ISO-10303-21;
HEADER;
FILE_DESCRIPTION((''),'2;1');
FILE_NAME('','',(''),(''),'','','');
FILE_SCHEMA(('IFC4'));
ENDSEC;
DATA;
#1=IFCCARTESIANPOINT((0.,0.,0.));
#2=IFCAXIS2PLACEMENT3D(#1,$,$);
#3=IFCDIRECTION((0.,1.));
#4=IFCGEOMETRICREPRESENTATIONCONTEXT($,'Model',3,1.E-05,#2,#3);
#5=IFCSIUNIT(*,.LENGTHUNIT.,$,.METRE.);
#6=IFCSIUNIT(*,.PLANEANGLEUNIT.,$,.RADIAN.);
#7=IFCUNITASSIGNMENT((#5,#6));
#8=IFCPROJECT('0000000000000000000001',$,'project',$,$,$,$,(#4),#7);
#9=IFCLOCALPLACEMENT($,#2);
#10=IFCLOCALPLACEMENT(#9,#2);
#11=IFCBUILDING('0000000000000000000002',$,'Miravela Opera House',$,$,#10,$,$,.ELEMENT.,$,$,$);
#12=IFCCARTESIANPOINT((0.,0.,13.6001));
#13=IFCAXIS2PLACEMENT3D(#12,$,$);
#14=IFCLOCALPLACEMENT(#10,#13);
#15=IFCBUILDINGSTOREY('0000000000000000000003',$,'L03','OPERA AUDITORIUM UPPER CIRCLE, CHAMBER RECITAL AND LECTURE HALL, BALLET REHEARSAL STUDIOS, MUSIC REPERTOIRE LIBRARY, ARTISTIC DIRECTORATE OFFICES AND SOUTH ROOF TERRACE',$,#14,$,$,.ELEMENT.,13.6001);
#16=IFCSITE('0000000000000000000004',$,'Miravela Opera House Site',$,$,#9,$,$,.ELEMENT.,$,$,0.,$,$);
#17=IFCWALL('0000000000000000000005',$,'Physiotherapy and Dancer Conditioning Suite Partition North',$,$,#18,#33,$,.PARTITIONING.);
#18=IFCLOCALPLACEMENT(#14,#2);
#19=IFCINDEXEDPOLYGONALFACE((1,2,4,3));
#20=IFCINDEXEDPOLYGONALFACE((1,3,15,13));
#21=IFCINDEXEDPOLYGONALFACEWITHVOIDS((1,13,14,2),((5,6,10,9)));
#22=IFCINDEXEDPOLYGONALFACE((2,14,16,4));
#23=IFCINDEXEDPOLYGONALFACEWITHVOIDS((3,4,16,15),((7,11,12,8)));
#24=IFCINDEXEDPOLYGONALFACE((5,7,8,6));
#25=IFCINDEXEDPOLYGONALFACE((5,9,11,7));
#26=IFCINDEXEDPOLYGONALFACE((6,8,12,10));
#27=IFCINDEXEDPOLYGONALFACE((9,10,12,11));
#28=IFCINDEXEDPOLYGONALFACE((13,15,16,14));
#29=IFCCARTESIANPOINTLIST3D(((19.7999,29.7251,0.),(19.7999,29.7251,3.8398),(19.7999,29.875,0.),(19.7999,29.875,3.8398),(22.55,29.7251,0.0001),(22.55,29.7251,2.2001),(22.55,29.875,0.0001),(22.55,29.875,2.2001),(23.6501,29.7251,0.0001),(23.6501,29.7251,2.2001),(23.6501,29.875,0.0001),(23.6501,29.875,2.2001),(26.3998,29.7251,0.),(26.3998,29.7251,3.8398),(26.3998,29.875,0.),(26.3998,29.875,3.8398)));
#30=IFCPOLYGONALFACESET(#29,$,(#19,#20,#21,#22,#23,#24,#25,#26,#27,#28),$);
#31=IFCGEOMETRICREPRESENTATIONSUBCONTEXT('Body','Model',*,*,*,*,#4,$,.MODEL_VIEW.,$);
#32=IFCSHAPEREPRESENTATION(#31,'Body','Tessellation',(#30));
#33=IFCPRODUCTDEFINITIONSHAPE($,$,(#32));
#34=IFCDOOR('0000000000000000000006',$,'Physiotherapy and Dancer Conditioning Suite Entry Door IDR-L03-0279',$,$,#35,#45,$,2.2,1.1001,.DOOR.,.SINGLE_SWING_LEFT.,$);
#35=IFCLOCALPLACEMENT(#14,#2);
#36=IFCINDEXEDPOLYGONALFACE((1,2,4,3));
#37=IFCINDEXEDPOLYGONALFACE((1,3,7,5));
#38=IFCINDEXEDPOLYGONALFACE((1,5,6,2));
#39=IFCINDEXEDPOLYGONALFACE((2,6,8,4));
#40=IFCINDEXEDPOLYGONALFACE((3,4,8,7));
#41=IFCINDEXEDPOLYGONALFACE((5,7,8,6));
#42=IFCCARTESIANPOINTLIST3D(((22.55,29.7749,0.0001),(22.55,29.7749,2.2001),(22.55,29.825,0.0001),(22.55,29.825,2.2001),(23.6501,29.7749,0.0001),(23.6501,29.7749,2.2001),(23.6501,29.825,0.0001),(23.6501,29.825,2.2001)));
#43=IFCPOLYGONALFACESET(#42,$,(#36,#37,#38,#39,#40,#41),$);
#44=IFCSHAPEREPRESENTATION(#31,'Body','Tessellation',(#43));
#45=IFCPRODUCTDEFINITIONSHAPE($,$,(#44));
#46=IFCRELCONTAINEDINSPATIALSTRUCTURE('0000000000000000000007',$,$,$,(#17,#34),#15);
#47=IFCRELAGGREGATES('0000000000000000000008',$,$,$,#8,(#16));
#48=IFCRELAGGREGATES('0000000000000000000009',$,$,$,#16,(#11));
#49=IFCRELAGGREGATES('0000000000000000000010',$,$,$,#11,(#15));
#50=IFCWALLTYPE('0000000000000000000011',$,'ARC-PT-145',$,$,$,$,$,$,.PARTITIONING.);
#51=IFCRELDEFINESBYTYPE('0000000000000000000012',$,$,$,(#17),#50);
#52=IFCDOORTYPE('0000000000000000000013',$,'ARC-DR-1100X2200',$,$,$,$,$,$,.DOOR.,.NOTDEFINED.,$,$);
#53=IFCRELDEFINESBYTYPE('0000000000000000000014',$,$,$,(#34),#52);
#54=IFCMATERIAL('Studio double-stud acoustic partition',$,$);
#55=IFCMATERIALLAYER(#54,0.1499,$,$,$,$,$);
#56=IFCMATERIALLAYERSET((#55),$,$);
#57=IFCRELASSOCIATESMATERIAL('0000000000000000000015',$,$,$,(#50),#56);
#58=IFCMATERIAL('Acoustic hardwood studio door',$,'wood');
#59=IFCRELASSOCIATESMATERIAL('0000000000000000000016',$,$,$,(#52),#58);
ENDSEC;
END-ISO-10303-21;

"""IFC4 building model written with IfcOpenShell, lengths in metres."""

from ifc_helpers import new_model, si_unit, direction, frame, frame_2d, origin, place, context, subcontext, project, spatial, rectangle, extrude, material, layer, layer_set, type_object, element, fill, save


model = new_model("IFC4")

# Units and contexts
model_context = context("Model", 3, precision=1e-05, world=origin(), true_north=direction((0.0, 1.0)))
body_context = subcontext(model_context, "Body", "Model", "MODEL_VIEW")
ifc_project = project(units=[si_unit("LENGTHUNIT", "METRE"), si_unit("PLANEANGLEUNIT", "RADIAN")], contexts=[model_context])

# Site, building, storey
site_placement = place(None, origin())
site = spatial("IfcSite", under=ifc_project, at=site_placement, Name="Miravela Opera House Site", CompositionType="ELEMENT", RefElevation=0.0)
building_placement = place(site_placement, origin())
building = spatial("IfcBuilding", under=site, at=building_placement, Name="Miravela Opera House", CompositionType="ELEMENT")
storey_placement = place(building_placement, frame((0.0, 0.0, 13.6001)))
storey = spatial("IfcBuildingStorey", under=building, at=storey_placement, Name="L03", Description="OPERA AUDITORIUM UPPER CIRCLE, CHAMBER RECITAL AND LECTURE HALL, BALLET REHEARSAL STUDIOS, MUSIC REPERTOIRE LIBRARY, ARTISTIC DIRECTORATE OFFICES AND SOUTH ROOF TERRACE", CompositionType="ELEMENT", Elevation=13.6001)

# Wall, opening, door
ifc_material_1 = material(Name="Studio double-stud acoustic partition")
ifc_layer_1 = layer(ifc_material_1, 0.1499)
ifc_layer_set_1 = layer_set([ifc_layer_1])
wall_type_1 = type_object("IfcWallType", Name="ARC-PT-145", PredefinedType="PARTITIONING", material=ifc_layer_set_1)
wall_1_placement = place(storey_placement, frame((19.8, 29.8, 0.0), z_axis=(0.0, 0.0, 1.0), x_axis=(1.0, 0.0, 0.0)))
wall_1 = element("IfcWall", 1, at=wall_1_placement, inside=storey, type_object=wall_type_1, Name="Physiotherapy and Dancer Conditioning Suite Partition North", PredefinedType="PARTITIONING", context=body_context, shape_type="SweptSolid", body=[
    extrude(rectangle(XDim=6.5999, YDim=0.1499, at=frame_2d((3.2998, 0.0))), origin(), (0.0, 0.0, 1.0), 3.8398),
])
opening_1_placement = place(wall_1_placement, frame((2.75, 0.0, 0.0)))
opening_1 = element("IfcOpeningElement", 2, at=opening_1_placement, cuts=wall_1, PredefinedType="OPENING", context=body_context, shape_type="SweptSolid", body=[
    extrude(rectangle(XDim=1.1001, YDim=2.2, at=frame_2d((0.55, 1.1001))), frame((0.0, 0.085, 0.0), z_axis=(0.0, -1.0, 0.0), x_axis=(1.0, 0.0, 0.0)), (0.0, 0.0, 1.0), 0.1699),
])
ifc_material_2 = material(Name="Acoustic hardwood studio door", Category="wood")
door_type_1 = type_object("IfcDoorType", Name="ARC-DR-1100X2200", OperationType="NOTDEFINED", PredefinedType="DOOR", material=ifc_material_2)
door_1_placement = place(opening_1_placement, origin())
door_1 = element("IfcDoor", 3, at=door_1_placement, inside=storey, type_object=door_type_1, Name="Physiotherapy and Dancer Conditioning Suite Entry Door IDR-L03-0279", OperationType="SINGLE_SWING_LEFT", OverallHeight=2.2, OverallWidth=1.1001, PredefinedType="DOOR", context=body_context, shape_type="SweptSolid", body=[
    extrude(rectangle(XDim=1.1001, YDim=2.2, at=frame_2d((0.55, 1.1001))), frame((0.0, 0.0249, 0.0), z_axis=(0.0, -1.0, 0.0), x_axis=(1.0, 0.0, 0.0)), (0.0, 0.0, 1.0), 0.05),
])
fill(opening_1, door_1)

save(model, "model.ifc")
